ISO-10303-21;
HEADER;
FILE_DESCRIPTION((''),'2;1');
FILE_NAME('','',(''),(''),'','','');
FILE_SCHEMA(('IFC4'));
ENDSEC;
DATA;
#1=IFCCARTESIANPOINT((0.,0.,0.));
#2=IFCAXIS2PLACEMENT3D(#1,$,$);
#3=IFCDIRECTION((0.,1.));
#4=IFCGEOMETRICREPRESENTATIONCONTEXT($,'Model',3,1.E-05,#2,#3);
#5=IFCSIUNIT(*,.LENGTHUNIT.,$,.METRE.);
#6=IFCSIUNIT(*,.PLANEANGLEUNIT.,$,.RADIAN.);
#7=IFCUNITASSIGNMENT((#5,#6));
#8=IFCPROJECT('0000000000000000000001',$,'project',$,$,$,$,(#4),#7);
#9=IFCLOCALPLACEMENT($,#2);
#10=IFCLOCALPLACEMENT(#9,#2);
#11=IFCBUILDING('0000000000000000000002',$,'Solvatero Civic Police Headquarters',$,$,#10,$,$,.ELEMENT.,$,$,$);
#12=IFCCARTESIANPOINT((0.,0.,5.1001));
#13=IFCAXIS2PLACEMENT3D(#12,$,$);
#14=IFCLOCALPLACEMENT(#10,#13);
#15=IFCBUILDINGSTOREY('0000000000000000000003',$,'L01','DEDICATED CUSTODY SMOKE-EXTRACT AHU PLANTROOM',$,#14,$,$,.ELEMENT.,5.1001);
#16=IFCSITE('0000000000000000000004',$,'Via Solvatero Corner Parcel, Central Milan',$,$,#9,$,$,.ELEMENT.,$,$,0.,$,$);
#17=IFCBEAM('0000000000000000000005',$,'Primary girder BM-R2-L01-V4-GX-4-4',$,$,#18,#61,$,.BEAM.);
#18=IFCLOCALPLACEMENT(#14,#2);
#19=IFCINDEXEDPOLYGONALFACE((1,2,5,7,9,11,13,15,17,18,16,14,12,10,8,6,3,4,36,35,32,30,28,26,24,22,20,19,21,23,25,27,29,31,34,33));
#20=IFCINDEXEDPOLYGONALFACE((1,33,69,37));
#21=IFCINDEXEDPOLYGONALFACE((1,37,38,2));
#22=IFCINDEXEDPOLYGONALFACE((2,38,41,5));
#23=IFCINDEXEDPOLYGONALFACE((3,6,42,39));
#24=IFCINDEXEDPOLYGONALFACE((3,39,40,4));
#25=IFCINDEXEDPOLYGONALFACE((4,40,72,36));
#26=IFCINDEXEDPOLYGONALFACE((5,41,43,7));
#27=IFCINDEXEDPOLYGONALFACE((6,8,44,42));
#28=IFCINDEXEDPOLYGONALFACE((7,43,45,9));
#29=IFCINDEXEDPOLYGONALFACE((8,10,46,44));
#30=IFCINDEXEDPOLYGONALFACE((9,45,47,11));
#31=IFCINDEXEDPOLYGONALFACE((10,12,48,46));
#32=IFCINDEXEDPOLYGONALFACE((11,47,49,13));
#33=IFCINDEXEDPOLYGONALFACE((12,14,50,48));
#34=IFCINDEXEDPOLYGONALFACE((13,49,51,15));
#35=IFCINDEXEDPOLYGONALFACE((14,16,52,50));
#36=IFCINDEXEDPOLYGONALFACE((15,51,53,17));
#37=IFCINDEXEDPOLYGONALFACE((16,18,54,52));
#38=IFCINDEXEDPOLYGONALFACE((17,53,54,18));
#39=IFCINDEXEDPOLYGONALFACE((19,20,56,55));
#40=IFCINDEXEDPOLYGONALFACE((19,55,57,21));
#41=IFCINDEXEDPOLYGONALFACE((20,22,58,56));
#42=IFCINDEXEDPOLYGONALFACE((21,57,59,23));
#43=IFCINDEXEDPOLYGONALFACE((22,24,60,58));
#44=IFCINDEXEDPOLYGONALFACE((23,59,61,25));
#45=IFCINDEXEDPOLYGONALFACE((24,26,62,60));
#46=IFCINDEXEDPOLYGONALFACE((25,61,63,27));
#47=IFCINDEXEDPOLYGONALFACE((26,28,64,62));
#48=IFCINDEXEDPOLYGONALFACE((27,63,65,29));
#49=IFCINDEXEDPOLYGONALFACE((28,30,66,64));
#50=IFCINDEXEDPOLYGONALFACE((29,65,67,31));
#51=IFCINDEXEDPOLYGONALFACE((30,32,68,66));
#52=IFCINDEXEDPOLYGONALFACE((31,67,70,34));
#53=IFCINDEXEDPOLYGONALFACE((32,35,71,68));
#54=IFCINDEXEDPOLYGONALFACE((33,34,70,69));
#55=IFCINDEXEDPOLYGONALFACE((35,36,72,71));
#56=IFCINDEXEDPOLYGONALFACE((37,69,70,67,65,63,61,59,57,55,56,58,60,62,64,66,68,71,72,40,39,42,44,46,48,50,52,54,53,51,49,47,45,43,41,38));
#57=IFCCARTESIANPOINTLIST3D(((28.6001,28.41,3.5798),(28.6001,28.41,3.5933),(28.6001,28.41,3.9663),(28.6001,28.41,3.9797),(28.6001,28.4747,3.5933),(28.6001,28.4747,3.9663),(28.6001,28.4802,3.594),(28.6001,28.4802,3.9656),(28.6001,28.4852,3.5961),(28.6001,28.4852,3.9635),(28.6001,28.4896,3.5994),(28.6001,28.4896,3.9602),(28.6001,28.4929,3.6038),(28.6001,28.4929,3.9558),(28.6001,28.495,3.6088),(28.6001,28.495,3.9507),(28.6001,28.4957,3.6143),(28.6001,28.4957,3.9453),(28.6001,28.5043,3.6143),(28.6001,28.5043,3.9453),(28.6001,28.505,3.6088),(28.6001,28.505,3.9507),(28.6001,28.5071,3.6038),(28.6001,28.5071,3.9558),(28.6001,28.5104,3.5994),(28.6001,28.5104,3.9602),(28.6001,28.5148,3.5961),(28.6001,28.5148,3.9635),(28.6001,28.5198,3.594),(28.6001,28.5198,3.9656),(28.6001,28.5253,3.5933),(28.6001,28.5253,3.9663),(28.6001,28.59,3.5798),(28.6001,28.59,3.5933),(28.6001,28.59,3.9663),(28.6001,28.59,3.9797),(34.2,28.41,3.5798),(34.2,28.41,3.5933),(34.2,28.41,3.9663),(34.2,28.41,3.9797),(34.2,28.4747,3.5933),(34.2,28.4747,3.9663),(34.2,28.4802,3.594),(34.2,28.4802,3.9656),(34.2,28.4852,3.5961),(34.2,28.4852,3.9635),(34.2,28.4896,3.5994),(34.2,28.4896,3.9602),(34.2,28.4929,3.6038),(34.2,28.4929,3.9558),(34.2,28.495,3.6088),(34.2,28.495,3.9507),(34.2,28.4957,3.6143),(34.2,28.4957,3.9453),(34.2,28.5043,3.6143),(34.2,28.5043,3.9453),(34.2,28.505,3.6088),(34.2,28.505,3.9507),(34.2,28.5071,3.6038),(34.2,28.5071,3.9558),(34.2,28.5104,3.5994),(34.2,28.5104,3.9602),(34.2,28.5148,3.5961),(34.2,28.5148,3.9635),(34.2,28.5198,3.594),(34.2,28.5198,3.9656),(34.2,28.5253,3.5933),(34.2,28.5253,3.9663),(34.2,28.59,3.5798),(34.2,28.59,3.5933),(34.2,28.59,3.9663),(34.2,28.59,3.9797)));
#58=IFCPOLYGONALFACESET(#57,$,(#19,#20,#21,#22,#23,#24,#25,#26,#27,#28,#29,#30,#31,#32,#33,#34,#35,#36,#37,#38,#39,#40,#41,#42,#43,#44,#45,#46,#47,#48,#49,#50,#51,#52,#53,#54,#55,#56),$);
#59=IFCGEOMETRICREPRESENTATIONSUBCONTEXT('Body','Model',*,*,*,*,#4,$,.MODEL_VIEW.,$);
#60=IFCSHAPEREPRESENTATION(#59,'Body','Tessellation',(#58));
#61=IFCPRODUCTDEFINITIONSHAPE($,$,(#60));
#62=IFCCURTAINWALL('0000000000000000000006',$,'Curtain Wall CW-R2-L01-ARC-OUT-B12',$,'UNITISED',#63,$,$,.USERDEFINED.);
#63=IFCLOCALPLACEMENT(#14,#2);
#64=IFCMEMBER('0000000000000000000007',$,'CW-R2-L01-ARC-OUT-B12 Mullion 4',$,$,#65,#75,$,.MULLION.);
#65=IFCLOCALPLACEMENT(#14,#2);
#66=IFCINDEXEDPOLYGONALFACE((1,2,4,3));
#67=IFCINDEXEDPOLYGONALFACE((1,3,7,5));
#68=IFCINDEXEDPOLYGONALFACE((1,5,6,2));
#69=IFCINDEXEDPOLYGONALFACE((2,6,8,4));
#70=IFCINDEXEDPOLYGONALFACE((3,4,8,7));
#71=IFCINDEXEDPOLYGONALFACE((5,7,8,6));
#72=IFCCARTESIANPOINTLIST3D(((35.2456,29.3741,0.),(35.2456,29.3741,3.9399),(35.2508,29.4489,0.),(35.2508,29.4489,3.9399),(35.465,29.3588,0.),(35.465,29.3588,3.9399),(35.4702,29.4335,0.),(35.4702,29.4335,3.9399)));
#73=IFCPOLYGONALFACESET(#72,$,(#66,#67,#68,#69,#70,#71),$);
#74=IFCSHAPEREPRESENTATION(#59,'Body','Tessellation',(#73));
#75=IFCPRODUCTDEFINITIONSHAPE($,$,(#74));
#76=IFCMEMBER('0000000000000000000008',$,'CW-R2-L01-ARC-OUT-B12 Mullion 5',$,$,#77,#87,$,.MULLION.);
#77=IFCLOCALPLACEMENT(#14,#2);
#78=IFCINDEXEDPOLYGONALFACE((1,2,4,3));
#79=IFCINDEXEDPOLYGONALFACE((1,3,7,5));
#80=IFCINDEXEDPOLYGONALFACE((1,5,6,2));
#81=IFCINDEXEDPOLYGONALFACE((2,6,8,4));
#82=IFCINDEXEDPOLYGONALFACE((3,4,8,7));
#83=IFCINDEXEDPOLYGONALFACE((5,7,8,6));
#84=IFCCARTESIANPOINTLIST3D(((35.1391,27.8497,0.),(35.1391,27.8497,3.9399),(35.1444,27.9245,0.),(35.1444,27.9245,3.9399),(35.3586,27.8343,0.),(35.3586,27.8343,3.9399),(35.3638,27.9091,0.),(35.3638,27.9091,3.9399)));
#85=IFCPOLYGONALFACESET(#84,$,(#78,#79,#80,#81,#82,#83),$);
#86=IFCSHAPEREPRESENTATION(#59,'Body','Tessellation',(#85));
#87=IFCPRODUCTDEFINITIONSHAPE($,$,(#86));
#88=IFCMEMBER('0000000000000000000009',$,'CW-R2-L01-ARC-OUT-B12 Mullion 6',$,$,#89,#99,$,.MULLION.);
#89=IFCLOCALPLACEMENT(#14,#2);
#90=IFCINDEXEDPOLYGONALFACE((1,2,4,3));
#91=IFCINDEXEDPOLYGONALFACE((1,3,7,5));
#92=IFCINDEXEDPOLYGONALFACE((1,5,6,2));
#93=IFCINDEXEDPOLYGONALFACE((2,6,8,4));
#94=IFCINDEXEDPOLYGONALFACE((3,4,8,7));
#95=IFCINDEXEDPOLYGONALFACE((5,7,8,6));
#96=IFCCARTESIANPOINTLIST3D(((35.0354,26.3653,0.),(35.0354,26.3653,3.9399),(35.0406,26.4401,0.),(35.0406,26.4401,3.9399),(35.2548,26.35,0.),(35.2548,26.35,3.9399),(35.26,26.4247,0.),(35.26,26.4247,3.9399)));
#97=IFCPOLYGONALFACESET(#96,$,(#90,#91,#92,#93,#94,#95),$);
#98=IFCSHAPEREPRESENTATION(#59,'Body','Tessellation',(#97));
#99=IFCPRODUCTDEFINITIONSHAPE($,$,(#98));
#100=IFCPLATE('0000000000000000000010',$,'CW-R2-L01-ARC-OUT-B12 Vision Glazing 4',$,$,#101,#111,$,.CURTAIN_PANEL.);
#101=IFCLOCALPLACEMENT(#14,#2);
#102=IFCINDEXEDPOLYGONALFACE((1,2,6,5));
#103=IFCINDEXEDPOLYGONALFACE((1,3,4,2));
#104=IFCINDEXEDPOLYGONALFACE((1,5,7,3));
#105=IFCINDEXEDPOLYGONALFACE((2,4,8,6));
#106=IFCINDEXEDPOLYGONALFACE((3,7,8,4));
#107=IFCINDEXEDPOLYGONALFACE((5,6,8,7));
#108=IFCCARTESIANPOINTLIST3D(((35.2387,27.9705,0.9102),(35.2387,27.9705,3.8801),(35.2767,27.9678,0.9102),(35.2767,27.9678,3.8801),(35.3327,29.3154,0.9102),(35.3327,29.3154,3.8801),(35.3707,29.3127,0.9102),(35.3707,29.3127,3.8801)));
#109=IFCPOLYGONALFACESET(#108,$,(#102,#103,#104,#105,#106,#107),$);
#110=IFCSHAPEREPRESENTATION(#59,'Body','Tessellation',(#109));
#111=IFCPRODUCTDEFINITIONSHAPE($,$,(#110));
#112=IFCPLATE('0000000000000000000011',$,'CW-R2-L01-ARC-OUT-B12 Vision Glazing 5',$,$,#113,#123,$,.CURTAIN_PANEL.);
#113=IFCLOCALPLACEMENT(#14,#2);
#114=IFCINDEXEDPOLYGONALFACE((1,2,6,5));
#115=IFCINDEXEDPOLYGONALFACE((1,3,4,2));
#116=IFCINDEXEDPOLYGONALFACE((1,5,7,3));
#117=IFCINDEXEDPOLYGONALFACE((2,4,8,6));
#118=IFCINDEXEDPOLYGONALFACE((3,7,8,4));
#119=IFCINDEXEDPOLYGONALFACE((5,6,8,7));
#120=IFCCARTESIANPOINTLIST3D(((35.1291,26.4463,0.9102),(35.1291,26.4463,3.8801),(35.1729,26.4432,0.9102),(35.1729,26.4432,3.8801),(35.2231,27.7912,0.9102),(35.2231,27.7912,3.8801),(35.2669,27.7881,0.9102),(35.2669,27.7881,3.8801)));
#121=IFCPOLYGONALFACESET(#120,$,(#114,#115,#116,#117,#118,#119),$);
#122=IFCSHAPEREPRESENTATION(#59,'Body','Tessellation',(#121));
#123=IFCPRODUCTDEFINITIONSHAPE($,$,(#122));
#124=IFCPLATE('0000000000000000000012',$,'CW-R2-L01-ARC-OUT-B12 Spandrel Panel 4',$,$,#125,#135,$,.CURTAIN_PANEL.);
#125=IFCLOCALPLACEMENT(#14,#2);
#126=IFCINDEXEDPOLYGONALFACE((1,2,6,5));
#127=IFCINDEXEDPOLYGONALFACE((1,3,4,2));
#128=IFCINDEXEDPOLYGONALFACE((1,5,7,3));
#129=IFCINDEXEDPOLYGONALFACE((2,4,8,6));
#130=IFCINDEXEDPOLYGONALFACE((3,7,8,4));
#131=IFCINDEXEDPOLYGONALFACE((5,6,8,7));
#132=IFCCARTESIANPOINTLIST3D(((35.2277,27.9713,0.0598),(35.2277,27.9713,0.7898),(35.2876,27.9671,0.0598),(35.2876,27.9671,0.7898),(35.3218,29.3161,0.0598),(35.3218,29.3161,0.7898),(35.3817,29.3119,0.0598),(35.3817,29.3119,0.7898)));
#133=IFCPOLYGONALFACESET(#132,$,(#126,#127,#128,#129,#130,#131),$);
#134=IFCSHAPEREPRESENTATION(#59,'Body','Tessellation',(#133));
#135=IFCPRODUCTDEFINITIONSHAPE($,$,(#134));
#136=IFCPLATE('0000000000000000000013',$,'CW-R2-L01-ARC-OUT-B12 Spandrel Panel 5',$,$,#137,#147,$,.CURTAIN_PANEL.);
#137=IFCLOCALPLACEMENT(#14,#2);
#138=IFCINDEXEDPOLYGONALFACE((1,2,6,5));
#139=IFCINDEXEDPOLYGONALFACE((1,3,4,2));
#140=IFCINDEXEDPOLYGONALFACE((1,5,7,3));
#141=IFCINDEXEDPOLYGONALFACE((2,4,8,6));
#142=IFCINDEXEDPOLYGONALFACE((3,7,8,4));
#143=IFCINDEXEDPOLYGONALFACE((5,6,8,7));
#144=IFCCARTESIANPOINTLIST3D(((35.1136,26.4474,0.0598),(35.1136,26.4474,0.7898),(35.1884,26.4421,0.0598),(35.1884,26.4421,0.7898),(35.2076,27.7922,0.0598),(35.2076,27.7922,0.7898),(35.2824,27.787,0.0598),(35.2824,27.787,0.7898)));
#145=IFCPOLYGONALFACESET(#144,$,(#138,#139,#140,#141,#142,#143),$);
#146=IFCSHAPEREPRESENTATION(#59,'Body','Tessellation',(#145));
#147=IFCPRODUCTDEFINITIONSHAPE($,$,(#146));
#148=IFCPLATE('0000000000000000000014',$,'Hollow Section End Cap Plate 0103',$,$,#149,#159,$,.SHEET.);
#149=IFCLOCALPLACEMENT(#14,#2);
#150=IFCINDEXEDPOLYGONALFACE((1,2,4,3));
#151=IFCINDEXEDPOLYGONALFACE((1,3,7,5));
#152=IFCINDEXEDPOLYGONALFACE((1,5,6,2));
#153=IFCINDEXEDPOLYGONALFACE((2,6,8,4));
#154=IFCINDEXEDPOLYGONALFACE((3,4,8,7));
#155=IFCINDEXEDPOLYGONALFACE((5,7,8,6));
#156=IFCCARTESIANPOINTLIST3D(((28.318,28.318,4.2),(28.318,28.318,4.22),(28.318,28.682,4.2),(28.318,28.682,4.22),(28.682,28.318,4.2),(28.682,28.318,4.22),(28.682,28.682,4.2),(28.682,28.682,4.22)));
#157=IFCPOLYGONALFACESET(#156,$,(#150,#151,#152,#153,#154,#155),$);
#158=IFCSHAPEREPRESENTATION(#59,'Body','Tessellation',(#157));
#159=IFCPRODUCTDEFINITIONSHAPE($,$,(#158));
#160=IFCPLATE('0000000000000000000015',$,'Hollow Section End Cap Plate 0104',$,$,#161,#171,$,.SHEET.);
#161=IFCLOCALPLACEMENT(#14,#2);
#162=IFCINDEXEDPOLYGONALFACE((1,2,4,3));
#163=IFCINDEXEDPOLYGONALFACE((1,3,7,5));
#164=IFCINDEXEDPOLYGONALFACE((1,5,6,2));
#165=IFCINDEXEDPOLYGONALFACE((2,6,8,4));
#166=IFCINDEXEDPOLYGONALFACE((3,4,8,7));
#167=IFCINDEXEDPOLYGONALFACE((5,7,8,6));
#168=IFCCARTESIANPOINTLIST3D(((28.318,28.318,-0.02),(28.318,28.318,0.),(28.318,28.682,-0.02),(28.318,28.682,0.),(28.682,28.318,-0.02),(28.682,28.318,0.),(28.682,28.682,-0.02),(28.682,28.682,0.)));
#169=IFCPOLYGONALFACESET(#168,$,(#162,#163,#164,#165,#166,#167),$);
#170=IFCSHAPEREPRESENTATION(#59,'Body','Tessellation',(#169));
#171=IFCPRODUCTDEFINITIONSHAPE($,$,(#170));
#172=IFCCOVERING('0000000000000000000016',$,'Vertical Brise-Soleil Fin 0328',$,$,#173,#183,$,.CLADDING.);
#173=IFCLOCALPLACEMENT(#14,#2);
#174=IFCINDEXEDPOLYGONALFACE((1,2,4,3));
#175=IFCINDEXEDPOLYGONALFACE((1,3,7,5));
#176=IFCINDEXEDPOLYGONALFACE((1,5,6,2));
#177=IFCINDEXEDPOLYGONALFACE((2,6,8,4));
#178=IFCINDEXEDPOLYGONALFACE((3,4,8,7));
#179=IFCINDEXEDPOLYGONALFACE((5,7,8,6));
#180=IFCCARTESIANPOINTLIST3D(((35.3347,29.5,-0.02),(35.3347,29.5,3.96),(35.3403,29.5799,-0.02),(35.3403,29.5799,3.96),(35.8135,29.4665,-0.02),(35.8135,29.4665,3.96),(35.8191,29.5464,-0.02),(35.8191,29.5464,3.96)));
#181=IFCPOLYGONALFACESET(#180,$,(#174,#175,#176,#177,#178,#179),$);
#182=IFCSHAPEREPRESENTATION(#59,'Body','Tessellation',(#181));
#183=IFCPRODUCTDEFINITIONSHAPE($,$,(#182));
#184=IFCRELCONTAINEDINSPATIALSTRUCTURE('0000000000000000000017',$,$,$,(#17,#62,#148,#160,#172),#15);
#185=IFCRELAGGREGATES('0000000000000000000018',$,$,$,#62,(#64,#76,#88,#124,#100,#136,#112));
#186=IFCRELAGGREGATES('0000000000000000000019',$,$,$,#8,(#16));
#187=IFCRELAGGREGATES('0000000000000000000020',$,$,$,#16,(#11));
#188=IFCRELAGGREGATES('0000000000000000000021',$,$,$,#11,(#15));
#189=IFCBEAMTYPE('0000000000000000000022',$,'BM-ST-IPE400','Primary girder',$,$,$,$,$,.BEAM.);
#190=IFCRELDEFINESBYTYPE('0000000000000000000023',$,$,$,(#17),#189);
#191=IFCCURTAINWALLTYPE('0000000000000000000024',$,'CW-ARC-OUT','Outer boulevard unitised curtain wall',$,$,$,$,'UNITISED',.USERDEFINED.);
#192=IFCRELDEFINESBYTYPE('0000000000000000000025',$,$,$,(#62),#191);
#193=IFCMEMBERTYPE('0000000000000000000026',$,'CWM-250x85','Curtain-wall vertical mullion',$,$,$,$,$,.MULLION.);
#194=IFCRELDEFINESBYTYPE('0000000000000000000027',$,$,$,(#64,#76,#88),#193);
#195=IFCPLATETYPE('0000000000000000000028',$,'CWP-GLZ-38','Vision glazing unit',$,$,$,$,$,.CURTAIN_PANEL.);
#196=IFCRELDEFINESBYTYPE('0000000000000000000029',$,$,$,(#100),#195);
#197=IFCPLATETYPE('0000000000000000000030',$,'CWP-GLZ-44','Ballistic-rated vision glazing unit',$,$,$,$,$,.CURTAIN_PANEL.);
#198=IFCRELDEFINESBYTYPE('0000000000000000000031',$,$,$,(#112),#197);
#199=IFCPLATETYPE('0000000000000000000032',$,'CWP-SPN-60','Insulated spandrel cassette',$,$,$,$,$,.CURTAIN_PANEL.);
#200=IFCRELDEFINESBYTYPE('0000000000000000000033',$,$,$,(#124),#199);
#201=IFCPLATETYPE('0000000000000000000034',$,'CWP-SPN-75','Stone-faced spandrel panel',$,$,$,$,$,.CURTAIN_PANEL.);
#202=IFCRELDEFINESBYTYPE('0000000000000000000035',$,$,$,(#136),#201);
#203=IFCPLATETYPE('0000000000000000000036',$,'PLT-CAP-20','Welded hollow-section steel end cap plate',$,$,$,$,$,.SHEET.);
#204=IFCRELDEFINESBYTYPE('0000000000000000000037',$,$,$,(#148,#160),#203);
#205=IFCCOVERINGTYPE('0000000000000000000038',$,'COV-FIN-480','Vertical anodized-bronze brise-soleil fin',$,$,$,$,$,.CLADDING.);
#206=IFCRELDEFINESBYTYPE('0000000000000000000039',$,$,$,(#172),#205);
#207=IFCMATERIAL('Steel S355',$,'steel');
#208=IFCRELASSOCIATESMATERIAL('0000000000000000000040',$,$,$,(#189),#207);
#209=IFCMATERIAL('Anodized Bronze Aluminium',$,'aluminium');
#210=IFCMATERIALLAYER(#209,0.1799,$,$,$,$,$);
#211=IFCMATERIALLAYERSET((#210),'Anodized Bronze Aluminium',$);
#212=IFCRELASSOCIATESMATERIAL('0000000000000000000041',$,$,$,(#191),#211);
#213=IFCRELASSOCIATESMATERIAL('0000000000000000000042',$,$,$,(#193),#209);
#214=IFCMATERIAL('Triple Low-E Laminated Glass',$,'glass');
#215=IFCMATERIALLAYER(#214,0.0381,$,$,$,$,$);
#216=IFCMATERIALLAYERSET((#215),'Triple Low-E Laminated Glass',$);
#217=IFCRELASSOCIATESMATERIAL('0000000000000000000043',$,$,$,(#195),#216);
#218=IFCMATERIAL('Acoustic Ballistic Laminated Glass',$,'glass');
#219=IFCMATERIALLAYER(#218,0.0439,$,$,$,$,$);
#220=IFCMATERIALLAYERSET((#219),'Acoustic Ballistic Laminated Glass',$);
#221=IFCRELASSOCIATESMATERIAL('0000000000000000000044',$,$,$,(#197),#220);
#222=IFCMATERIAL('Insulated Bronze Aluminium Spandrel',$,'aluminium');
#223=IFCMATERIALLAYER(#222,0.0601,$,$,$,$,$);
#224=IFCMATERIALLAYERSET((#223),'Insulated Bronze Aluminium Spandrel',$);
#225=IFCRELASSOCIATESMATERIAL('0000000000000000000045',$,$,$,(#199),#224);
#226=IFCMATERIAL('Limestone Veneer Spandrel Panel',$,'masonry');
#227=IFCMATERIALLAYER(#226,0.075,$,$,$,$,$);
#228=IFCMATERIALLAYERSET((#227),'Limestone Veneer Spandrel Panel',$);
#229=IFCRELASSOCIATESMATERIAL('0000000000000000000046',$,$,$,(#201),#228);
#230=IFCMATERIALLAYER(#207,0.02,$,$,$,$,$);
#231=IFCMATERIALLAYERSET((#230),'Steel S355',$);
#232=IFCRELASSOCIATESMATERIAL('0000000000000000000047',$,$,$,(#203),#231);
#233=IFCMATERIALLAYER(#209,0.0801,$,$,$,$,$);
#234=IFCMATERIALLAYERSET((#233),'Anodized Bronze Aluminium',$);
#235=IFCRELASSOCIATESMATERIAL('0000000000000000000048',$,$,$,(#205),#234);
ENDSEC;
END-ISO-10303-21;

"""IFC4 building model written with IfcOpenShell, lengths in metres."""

from ifc_helpers import new_model, si_unit, direction, frame, origin, origin_2d, place, context, subcontext, project, spatial, rectangle, i_section, extrude, material, layer, layer_set, material_profile, profile_set, type_object, element, aggregate, save


model = new_model("IFC4")

# Units and contexts
model_context = context("Model", 3, precision=1e-05, world=origin(), true_north=direction((0.0, 1.0)))
body_context = subcontext(model_context, "Body", "Model", "MODEL_VIEW")
ifc_project = project(units=[si_unit("LENGTHUNIT", "METRE"), si_unit("PLANEANGLEUNIT", "RADIAN")], contexts=[model_context])

# Site, building, storey
site_placement = place(None, origin())
site = spatial("IfcSite", under=ifc_project, at=site_placement, Name="Via Solvatero Corner Parcel, Central Milan", CompositionType="ELEMENT", RefElevation=0.0)
building_placement = place(site_placement, origin())
building = spatial("IfcBuilding", under=site, at=building_placement, Name="Solvatero Civic Police Headquarters", CompositionType="ELEMENT")
storey_placement = place(building_placement, frame((0.0, 0.0, 5.1001)))
storey = spatial("IfcBuildingStorey", under=building, at=storey_placement, Name="L01", Description="DEDICATED CUSTODY SMOKE-EXTRACT AHU PLANTROOM", CompositionType="ELEMENT", Elevation=5.1001)

# Shared definitions
ifc_material_1 = material(Name="Steel S355", Category="steel")

# Beam
ifc_material_profile_1 = material_profile(ifc_material_1, i_section(OverallWidth=0.1799, OverallDepth=0.3999, WebThickness=0.0085, FlangeThickness=0.0134, FilletRadius=0.021, at=origin_2d()), Name="IPE 400")
ifc_profile_set_1 = profile_set([ifc_material_profile_1], Name="Steel S355")
beam_type_1 = type_object("IfcBeamType", Name="BM-ST-IPE400", Description="Primary girder", PredefinedType="BEAM", material=ifc_profile_set_1)
beam_1_placement = place(storey_placement, frame((28.6001, 28.5, 3.7798), z_axis=(1.0, 0.0, 0.0), x_axis=(0.0, 1.0, 0.0)))
element("IfcBeam", 1, at=beam_1_placement, inside=storey, type_object=beam_type_1, Name="Primary girder BM-R2-L01-V4-GX-4-4", PredefinedType="BEAM", context=body_context, shape_type="SweptSolid", body=[
    extrude(i_section(OverallWidth=0.1799, OverallDepth=0.3999, WebThickness=0.0085, FlangeThickness=0.0134, FilletRadius=0.021, at=origin_2d()), origin(), (0.0, 0.0, 1.0), 5.5999),
])

# Curtain wall, members, plates
ifc_material_2 = material(Name="Anodized Bronze Aluminium", Category="aluminium")
ifc_layer_1 = layer(ifc_material_2, 0.1799)
ifc_layer_set_1 = layer_set([ifc_layer_1], Name="Anodized Bronze Aluminium")
curtain_wall_type = type_object("IfcCurtainWallType", Name="CW-ARC-OUT", Description="Outer boulevard unitised curtain wall", ElementType="UNITISED", PredefinedType="USERDEFINED", material=ifc_layer_set_1)
curtain_wall_placement = place(storey_placement, origin())
curtain_wall = element("IfcCurtainWall", 2, at=curtain_wall_placement, inside=storey, type_object=curtain_wall_type, Name="Curtain Wall CW-R2-L01-ARC-OUT-B12", ObjectType="UNITISED", PredefinedType="USERDEFINED")
ifc_material_profile_2 = material_profile(ifc_material_2, rectangle(XDim=0.075, YDim=0.22, at=origin_2d()), Name="ALU MULLION 75x220")
ifc_profile_set_2 = profile_set([ifc_material_profile_2], Name="Anodized Bronze Aluminium")
member_type = type_object("IfcMemberType", Name="CWM-250x85", Description="Curtain-wall vertical mullion", PredefinedType="MULLION", material=ifc_profile_set_2)
member_1_placement = place(storey_placement, frame((35.3579, 29.4038, 0.0), z_axis=(0.0, 0.0, 1.0), x_axis=(-0.069756, -0.997564, 0.0)))
member_1 = element("IfcMember", 3, at=member_1_placement, type_object=member_type, Name="CW-R2-L01-ARC-OUT-B12 Mullion 4", PredefinedType="MULLION", context=body_context, shape_type="SweptSolid", body=[
    extrude(rectangle(XDim=0.075, YDim=0.22, at=origin_2d()), origin(), (0.0, 0.0, 1.0), 3.9399),
])
member_2_placement = place(storey_placement, frame((35.2515, 27.8794, 0.0), z_axis=(0.0, 0.0, 1.0), x_axis=(-0.069756, -0.997564, 0.0)))
member_2 = element("IfcMember", 4, at=member_2_placement, type_object=member_type, Name="CW-R2-L01-ARC-OUT-B12 Mullion 5", PredefinedType="MULLION", context=body_context, shape_type="SweptSolid", body=[
    extrude(rectangle(XDim=0.075, YDim=0.22, at=origin_2d()), origin(), (0.0, 0.0, 1.0), 3.9399),
])
member_3_placement = place(storey_placement, frame((35.1477, 26.395, 0.0), z_axis=(0.0, 0.0, 1.0), x_axis=(-0.069756, -0.997564, 0.0)))
member_3 = element("IfcMember", 5, at=member_3_placement, type_object=member_type, Name="CW-R2-L01-ARC-OUT-B12 Mullion 6", PredefinedType="MULLION", context=body_context, shape_type="SweptSolid", body=[
    extrude(rectangle(XDim=0.075, YDim=0.22, at=origin_2d()), origin(), (0.0, 0.0, 1.0), 3.9399),
])
ifc_material_3 = material(Name="Triple Low-E Laminated Glass", Category="glass")
ifc_layer_2 = layer(ifc_material_3, 0.0381)
ifc_layer_set_2 = layer_set([ifc_layer_2], Name="Triple Low-E Laminated Glass")
plate_type_1 = type_object("IfcPlateType", Name="CWP-GLZ-38", Description="Vision glazing unit", PredefinedType="CURTAIN_PANEL", material=ifc_layer_set_2)
plate_1_placement = place(storey_placement, frame((35.3047, 28.6416, 0.9102), z_axis=(0.0, 0.0, 1.0), x_axis=(-0.069756, -0.997564, 0.0)))
plate_1 = element("IfcPlate", 6, at=plate_1_placement, type_object=plate_type_1, Name="CW-R2-L01-ARC-OUT-B12 Vision Glazing 4", PredefinedType="CURTAIN_PANEL", context=body_context, shape_type="SweptSolid", body=[
    extrude(rectangle(XDim=1.3481, YDim=0.0381, at=origin_2d()), origin(), (0.0, 0.0, 1.0), 2.97),
])
ifc_material_4 = material(Name="Acoustic Ballistic Laminated Glass", Category="glass")
ifc_layer_3 = layer(ifc_material_4, 0.0439)
ifc_layer_set_3 = layer_set([ifc_layer_3], Name="Acoustic Ballistic Laminated Glass")
plate_type_2 = type_object("IfcPlateType", Name="CWP-GLZ-44", Description="Ballistic-rated vision glazing unit", PredefinedType="CURTAIN_PANEL", material=ifc_layer_set_3)
plate_2_placement = place(storey_placement, frame((35.198, 27.1172, 0.9102), z_axis=(0.0, 0.0, 1.0), x_axis=(-0.069756, -0.997564, 0.0)))
plate_2 = element("IfcPlate", 7, at=plate_2_placement, type_object=plate_type_2, Name="CW-R2-L01-ARC-OUT-B12 Vision Glazing 5", PredefinedType="CURTAIN_PANEL", context=body_context, shape_type="SweptSolid", body=[
    extrude(rectangle(XDim=1.3481, YDim=0.0439, at=origin_2d()), origin(), (0.0, 0.0, 1.0), 2.97),
])
ifc_material_5 = material(Name="Insulated Bronze Aluminium Spandrel", Category="aluminium")
ifc_layer_4 = layer(ifc_material_5, 0.0601)
ifc_layer_set_4 = layer_set([ifc_layer_4], Name="Insulated Bronze Aluminium Spandrel")
plate_type_3 = type_object("IfcPlateType", Name="CWP-SPN-60", Description="Insulated spandrel cassette", PredefinedType="CURTAIN_PANEL", material=ifc_layer_set_4)
plate_3_placement = place(storey_placement, frame((35.3047, 28.6416, 0.0598), z_axis=(0.0, 0.0, 1.0), x_axis=(-0.069756, -0.997564, 0.0)))
plate_3 = element("IfcPlate", 8, at=plate_3_placement, type_object=plate_type_3, Name="CW-R2-L01-ARC-OUT-B12 Spandrel Panel 4", PredefinedType="CURTAIN_PANEL", context=body_context, shape_type="SweptSolid", body=[
    extrude(rectangle(XDim=1.3481, YDim=0.0601, at=origin_2d()), origin(), (0.0, 0.0, 1.0), 0.73),
])
ifc_material_6 = material(Name="Limestone Veneer Spandrel Panel", Category="masonry")
ifc_layer_5 = layer(ifc_material_6, 0.075)
ifc_layer_set_5 = layer_set([ifc_layer_5], Name="Limestone Veneer Spandrel Panel")
plate_type_4 = type_object("IfcPlateType", Name="CWP-SPN-75", Description="Stone-faced spandrel panel", PredefinedType="CURTAIN_PANEL", material=ifc_layer_set_5)
plate_4_placement = place(storey_placement, frame((35.198, 27.1172, 0.0598), z_axis=(0.0, 0.0, 1.0), x_axis=(-0.069756, -0.997564, 0.0)))
plate_4 = element("IfcPlate", 9, at=plate_4_placement, type_object=plate_type_4, Name="CW-R2-L01-ARC-OUT-B12 Spandrel Panel 5", PredefinedType="CURTAIN_PANEL", context=body_context, shape_type="SweptSolid", body=[
    extrude(rectangle(XDim=1.3481, YDim=0.075, at=origin_2d()), origin(), (0.0, 0.0, 1.0), 0.73),
])
aggregate(curtain_wall, [member_1, member_2, member_3, plate_3, plate_1, plate_4, plate_2])

# Plates
ifc_layer_6 = layer(ifc_material_1, 0.02)
ifc_layer_set_6 = layer_set([ifc_layer_6], Name="Steel S355")
plate_type_5 = type_object("IfcPlateType", Name="PLT-CAP-20", Description="Welded hollow-section steel end cap plate", PredefinedType="SHEET", material=ifc_layer_set_6)
for number, where, z_axis, x_axis, name in (
    (10, (28.5, 28.5, 4.2), (0.0, 0.0, 1.0), (1.0, 0.0, 0.0), "Hollow Section End Cap Plate 0103"),
    (11, (28.5, 28.5, -0.02), (0.0, 0.0, 1.0), (1.0, 0.0, 0.0), "Hollow Section End Cap Plate 0104"),
):
    element("IfcPlate", number, at=place(storey_placement, frame(where, z_axis=z_axis, x_axis=x_axis)), inside=storey, type_object=plate_type_5, Name=name, PredefinedType="SHEET", context=body_context, shape_type="SweptSolid", body=[
        extrude(rectangle(XDim=0.364, YDim=0.364, at=origin_2d()), origin(), (0.0, 0.0, 1.0), 0.02),
    ])

# Covering
ifc_layer_7 = layer(ifc_material_2, 0.0801)
ifc_layer_set_7 = layer_set([ifc_layer_7], Name="Anodized Bronze Aluminium")
covering_type = type_object("IfcCoveringType", Name="COV-FIN-480", Description="Vertical anodized-bronze brise-soleil fin", PredefinedType="CLADDING", material=ifc_layer_set_7)
for number, where, z_axis, x_axis, name in (
    (12, (35.5769, 29.5232, -0.02), (0.0, 0.0, 1.0), (-0.069756, -0.997564, 0.0), "Vertical Brise-Soleil Fin 0328"),
):
    element("IfcCovering", number, at=place(storey_placement, frame(where, z_axis=z_axis, x_axis=x_axis)), inside=storey, type_object=covering_type, Name=name, PredefinedType="CLADDING", context=body_context, shape_type="SweptSolid", body=[
        extrude(rectangle(XDim=0.0801, YDim=0.48, at=origin_2d()), origin(), (0.0, 0.0, 1.0), 3.98),
    ])

save(model, "model.ifc")
